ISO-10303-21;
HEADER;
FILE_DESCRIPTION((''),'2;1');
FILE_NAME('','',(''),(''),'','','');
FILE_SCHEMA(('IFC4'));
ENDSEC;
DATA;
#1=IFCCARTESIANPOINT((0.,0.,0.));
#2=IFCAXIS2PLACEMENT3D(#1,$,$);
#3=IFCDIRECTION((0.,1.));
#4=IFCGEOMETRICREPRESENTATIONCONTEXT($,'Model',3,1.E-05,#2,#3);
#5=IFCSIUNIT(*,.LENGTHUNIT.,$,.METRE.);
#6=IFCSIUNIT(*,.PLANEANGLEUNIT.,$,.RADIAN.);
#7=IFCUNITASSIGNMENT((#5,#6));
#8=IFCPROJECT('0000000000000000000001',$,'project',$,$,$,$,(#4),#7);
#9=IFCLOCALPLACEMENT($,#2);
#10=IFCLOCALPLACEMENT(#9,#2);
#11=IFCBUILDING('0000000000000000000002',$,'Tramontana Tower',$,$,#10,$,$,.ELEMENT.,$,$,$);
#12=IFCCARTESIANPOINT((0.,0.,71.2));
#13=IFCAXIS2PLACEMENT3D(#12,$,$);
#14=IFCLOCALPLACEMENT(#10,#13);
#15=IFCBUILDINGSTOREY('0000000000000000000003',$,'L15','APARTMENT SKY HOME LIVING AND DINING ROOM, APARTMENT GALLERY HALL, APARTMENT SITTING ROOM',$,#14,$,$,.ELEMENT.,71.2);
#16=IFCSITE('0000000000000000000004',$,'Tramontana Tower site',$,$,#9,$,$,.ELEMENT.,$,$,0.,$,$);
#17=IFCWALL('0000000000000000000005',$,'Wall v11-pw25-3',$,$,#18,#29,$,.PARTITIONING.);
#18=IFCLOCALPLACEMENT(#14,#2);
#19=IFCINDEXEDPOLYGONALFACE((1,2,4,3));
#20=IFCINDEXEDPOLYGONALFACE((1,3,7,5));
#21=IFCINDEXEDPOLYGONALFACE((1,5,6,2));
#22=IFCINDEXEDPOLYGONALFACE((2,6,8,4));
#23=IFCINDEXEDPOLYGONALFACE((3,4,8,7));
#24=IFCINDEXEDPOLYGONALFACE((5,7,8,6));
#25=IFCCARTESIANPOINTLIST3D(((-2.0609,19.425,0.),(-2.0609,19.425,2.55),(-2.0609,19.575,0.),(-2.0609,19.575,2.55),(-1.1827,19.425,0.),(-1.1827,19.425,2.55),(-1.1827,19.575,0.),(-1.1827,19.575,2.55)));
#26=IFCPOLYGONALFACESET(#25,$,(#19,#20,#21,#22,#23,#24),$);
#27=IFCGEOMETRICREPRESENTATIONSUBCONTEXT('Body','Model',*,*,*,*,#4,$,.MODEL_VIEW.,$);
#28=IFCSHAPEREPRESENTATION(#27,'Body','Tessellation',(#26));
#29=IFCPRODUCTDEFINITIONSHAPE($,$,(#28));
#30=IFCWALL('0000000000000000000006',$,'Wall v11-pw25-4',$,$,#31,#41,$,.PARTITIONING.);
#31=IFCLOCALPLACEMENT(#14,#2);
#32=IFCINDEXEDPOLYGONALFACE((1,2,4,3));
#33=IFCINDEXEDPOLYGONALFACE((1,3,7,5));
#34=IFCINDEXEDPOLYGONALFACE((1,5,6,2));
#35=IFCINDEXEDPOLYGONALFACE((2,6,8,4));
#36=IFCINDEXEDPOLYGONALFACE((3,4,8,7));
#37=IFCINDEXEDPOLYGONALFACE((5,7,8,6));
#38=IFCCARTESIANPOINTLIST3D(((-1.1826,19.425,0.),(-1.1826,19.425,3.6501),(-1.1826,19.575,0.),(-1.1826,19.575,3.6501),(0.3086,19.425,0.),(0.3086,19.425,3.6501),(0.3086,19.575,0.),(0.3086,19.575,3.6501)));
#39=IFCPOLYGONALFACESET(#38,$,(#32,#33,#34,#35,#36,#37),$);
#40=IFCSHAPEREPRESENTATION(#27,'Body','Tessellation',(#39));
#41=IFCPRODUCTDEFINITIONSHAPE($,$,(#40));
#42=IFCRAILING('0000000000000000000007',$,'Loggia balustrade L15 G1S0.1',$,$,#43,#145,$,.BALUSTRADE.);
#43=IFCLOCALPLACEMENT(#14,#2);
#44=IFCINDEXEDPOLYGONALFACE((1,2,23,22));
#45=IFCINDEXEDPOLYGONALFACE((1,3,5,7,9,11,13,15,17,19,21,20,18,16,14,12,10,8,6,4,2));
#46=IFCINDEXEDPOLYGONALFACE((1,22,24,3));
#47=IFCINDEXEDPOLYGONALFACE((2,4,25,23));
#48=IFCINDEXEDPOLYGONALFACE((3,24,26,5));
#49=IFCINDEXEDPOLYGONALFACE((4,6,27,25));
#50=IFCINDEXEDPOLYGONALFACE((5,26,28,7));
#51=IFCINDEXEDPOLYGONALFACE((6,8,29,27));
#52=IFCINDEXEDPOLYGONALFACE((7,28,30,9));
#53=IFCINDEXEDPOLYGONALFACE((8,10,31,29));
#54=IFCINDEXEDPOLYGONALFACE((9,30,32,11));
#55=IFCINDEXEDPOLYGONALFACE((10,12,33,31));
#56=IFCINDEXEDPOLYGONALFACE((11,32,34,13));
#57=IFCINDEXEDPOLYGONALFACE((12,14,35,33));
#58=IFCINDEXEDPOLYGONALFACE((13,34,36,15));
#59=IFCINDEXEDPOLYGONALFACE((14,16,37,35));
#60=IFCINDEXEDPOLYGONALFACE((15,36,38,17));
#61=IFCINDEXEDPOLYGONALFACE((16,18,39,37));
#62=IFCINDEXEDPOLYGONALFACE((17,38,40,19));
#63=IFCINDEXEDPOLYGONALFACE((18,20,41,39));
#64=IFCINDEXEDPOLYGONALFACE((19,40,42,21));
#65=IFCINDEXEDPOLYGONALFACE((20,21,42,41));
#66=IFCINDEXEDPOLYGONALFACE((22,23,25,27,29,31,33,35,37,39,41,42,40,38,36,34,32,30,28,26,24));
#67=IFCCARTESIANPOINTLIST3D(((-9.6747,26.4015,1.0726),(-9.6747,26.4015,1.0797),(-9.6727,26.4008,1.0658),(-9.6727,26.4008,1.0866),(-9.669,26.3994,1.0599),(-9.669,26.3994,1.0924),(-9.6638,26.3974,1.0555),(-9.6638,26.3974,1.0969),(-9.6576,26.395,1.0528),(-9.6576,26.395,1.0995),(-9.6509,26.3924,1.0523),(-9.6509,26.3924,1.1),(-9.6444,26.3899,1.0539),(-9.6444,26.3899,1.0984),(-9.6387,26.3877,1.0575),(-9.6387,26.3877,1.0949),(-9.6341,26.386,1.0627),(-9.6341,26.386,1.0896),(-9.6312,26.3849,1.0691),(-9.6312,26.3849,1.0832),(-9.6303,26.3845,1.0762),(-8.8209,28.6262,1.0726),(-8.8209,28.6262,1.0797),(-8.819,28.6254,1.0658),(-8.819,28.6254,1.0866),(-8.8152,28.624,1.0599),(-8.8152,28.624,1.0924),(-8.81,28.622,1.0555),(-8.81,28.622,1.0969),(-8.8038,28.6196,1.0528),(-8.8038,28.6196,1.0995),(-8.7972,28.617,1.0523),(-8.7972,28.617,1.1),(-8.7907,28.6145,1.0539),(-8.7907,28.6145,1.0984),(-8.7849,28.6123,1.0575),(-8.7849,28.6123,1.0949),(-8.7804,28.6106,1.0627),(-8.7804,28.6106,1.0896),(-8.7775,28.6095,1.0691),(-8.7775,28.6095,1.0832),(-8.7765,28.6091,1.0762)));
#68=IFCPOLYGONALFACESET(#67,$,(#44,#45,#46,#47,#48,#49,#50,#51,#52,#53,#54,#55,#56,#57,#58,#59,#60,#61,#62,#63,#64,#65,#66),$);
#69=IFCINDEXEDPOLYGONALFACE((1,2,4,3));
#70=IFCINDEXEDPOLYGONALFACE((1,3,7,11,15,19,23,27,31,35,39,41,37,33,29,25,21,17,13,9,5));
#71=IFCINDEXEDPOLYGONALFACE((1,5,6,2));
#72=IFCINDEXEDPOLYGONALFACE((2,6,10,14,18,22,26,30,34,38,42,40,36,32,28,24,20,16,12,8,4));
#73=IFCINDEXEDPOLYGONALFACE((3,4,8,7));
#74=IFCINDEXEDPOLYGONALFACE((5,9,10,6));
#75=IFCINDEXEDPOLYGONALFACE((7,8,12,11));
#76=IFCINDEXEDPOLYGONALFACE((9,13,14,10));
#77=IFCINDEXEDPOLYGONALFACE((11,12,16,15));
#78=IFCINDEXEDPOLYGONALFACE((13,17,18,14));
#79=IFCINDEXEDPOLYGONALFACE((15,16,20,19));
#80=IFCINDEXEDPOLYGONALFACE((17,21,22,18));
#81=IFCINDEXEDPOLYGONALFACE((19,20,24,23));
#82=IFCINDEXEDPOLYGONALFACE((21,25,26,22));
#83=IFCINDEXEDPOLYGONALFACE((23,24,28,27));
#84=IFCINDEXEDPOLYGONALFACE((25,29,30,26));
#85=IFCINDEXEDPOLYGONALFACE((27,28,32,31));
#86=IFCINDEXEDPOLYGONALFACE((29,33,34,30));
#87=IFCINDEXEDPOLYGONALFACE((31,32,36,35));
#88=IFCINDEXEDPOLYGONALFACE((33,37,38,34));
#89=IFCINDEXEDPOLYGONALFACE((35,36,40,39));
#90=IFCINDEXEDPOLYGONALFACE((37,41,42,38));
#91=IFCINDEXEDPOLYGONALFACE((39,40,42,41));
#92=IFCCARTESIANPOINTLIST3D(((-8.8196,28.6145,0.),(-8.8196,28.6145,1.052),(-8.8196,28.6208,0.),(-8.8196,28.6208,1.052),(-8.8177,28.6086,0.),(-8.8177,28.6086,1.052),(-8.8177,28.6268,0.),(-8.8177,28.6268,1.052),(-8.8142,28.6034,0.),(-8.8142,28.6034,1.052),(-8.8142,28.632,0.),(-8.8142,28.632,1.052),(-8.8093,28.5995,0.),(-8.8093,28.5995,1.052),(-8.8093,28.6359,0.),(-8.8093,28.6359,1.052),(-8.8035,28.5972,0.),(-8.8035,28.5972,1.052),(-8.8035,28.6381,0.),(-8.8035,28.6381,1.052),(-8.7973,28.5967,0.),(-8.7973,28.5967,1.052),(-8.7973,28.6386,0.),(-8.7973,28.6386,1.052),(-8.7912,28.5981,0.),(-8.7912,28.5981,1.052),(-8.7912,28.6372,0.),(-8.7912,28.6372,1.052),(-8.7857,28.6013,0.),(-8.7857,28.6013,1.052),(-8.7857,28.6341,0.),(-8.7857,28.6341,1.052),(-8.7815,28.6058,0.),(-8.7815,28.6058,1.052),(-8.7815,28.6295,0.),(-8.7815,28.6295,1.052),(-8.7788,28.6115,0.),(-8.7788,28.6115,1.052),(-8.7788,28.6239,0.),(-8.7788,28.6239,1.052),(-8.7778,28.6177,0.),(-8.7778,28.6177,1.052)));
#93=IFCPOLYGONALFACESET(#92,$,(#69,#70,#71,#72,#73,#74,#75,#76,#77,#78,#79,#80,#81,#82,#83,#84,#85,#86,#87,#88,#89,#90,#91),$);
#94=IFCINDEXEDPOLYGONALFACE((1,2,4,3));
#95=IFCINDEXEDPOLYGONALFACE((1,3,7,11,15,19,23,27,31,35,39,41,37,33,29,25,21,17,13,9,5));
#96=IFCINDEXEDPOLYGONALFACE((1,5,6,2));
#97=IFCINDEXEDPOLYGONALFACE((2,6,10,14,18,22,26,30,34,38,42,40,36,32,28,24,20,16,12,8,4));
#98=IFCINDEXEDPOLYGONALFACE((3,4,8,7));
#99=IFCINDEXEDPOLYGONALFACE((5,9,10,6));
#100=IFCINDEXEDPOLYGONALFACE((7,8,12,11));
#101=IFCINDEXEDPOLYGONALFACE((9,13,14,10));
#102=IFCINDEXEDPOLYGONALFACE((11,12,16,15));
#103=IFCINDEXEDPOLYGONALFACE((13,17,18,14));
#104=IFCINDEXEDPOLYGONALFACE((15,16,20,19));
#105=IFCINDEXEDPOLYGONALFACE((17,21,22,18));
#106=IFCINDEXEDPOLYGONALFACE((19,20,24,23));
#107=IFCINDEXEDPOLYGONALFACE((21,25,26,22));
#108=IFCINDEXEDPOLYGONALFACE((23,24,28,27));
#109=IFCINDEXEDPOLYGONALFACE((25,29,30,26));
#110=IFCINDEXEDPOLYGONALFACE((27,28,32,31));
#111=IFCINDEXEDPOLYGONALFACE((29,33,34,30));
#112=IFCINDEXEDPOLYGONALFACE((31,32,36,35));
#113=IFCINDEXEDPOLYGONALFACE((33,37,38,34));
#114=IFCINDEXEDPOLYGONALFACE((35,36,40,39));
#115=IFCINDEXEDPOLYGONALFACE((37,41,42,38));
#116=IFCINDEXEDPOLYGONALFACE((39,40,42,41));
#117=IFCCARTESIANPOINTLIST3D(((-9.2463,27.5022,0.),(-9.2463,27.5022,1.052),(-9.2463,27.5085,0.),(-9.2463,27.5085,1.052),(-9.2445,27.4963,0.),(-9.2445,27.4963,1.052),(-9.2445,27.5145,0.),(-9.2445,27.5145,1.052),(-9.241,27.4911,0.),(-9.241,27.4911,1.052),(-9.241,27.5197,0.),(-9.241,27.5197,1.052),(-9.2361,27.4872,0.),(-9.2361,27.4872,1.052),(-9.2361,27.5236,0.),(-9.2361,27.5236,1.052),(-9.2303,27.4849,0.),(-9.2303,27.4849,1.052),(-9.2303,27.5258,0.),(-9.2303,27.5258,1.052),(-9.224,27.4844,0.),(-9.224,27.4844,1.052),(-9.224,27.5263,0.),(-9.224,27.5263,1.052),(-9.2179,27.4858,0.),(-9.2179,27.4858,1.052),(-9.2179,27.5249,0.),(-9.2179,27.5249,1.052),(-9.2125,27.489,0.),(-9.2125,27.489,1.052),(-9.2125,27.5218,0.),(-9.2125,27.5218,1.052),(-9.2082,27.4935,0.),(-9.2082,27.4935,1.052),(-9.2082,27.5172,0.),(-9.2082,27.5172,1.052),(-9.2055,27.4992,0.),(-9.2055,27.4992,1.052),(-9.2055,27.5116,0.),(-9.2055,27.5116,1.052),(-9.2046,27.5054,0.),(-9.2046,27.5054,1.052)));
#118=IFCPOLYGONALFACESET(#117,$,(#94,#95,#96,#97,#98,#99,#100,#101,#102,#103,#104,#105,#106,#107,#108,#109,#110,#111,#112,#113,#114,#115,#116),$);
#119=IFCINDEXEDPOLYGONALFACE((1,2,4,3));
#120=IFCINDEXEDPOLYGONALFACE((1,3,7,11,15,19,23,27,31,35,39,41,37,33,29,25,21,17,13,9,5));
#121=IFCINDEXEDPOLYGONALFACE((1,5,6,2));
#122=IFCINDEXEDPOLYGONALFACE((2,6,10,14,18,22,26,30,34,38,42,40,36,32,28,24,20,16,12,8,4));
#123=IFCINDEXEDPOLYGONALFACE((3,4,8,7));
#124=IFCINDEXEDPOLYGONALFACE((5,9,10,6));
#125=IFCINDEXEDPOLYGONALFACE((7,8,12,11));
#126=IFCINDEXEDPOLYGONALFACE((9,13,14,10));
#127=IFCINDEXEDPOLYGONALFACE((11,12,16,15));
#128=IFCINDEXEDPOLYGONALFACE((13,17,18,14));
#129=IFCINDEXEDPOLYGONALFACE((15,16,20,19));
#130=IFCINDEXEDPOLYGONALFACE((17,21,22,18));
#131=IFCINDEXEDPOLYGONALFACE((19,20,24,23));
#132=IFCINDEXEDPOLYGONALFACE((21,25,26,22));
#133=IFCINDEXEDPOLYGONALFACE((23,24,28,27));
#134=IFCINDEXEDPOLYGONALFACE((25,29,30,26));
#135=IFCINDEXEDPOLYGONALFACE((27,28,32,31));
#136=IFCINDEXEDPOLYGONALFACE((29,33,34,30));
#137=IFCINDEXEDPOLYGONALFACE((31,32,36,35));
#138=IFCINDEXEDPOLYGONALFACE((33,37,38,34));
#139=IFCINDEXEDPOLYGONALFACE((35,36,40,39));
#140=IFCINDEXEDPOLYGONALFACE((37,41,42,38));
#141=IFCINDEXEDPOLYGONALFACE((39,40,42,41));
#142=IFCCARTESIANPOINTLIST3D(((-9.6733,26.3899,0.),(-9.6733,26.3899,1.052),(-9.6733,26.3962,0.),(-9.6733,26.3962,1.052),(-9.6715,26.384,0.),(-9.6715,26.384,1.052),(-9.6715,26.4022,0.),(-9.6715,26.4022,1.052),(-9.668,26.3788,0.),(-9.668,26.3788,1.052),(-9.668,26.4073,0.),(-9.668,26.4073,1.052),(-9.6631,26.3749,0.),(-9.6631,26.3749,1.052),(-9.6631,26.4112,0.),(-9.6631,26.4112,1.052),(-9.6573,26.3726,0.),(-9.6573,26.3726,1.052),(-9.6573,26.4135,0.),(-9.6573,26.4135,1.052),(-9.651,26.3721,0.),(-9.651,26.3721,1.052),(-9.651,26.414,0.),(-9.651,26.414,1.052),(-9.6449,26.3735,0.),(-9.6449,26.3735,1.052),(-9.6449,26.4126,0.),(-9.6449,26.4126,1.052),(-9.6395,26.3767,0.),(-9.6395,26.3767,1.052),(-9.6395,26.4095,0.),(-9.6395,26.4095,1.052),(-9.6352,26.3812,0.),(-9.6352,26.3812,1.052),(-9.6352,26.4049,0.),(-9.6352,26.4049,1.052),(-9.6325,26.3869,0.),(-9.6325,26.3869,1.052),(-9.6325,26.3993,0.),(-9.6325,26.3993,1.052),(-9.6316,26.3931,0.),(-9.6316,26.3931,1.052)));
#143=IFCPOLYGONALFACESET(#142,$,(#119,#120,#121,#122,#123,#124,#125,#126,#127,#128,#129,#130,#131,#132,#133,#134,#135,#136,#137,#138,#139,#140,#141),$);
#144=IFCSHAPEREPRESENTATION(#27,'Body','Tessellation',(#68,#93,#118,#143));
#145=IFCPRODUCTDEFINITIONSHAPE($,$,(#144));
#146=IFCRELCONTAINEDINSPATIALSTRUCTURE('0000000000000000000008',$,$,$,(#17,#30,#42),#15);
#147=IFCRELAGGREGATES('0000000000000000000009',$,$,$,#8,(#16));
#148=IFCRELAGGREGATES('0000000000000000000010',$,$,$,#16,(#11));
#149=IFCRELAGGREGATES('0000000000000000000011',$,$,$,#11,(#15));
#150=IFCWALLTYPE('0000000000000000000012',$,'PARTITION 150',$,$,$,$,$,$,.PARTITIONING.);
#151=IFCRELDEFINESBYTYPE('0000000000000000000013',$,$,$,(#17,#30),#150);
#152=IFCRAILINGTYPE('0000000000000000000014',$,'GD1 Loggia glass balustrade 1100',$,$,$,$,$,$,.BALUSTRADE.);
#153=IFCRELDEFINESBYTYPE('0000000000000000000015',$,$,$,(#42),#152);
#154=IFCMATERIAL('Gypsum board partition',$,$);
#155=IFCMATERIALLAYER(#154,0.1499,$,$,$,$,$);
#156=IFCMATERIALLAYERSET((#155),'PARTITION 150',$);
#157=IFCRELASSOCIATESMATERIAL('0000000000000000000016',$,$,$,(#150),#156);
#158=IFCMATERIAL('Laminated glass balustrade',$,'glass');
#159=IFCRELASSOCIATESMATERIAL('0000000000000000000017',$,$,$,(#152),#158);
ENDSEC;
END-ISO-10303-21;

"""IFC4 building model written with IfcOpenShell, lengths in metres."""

from ifc_helpers import new_model, si_unit, direction, frame, frame_2d, origin, origin_2d, place, context, subcontext, project, spatial, rectangle, circle, extrude, material, layer, layer_set, type_object, element, save


model = new_model("IFC4")

# Units and contexts
model_context = context("Model", 3, precision=1e-05, world=origin(), true_north=direction((0.0, 1.0)))
body_context = subcontext(model_context, "Body", "Model", "MODEL_VIEW")
ifc_project = project(units=[si_unit("LENGTHUNIT", "METRE"), si_unit("PLANEANGLEUNIT", "RADIAN")], contexts=[model_context])

# Site, building, storey
site_placement = place(None, origin())
site = spatial("IfcSite", under=ifc_project, at=site_placement, Name="Tramontana Tower site", CompositionType="ELEMENT", RefElevation=0.0)
building_placement = place(site_placement, origin())
building = spatial("IfcBuilding", under=site, at=building_placement, Name="Tramontana Tower", CompositionType="ELEMENT")
storey_placement = place(building_placement, frame((0.0, 0.0, 71.2)))
storey = spatial("IfcBuildingStorey", under=building, at=storey_placement, Name="L15", Description="APARTMENT SKY HOME LIVING AND DINING ROOM, APARTMENT GALLERY HALL, APARTMENT SITTING ROOM", CompositionType="ELEMENT", Elevation=71.2)

# Shared definitions
ifc_material_1 = material(Name="Gypsum board partition")
ifc_layer_1 = layer(ifc_material_1, 0.1499)
ifc_layer_set_1 = layer_set([ifc_layer_1], Name="PARTITION 150")
wall_type_1 = type_object("IfcWallType", Name="PARTITION 150", PredefinedType="PARTITIONING", material=ifc_layer_set_1)

# Walls
wall_1_placement = place(storey_placement, frame((-2.0608, 19.5, 0.0), z_axis=(0.0, 0.0, 1.0), x_axis=(1.0, 0.0, 0.0)))
element("IfcWall", 1, at=wall_1_placement, inside=storey, type_object=wall_type_1, Name="Wall v11-pw25-3", PredefinedType="PARTITIONING", context=body_context, shape_type="SweptSolid", body=[
    extrude(rectangle(XDim=0.8782, YDim=0.1499, at=frame_2d((0.439, 0.0))), origin(), (0.0, 0.0, 1.0), 2.55),
])
wall_2_placement = place(storey_placement, frame((-1.1826, 19.5, 0.0), z_axis=(0.0, 0.0, 1.0), x_axis=(1.0, 0.0, 0.0)))
element("IfcWall", 2, at=wall_2_placement, inside=storey, type_object=wall_type_1, Name="Wall v11-pw25-4", PredefinedType="PARTITIONING", context=body_context, shape_type="SweptSolid", body=[
    extrude(rectangle(XDim=1.4912, YDim=0.1499, at=frame_2d((0.7456, 0.0))), origin(), (0.0, 0.0, 1.0), 3.6501),
])

# Railing
ifc_material_2 = material(Name="Laminated glass balustrade", Category="glass")
railing_type = type_object("IfcRailingType", Name="GD1 Loggia glass balustrade 1100", PredefinedType="BALUSTRADE", material=ifc_material_2)
railing_placement = place(storey_placement, frame((-8.7988, 28.6177, 0.0)))
element("IfcRailing", 3, at=railing_placement, inside=storey, type_object=railing_type, Name="Loggia balustrade L15 G1S0.1", PredefinedType="BALUSTRADE", context=body_context, shape_type="SweptSolid", body=[
    extrude(circle(Radius=0.0239, at=origin_2d()), frame((0.0, 0.0, 1.0762), z_axis=(-0.358299, -0.933607, 0.0), x_axis=(0.933607, -0.358299, 0.0)), (0.0, 0.0, 1.0), 2.3828),
    extrude(circle(Radius=0.021, at=origin_2d()), origin(), (0.0, 0.0, 1.0), 1.052),
    extrude(circle(Radius=0.021, at=origin_2d()), frame((-0.4268, -1.1123, 0.0)), (0.0, 0.0, 1.0), 1.052),
    extrude(circle(Radius=0.021, at=origin_2d()), frame((-0.8538, -2.2246, 0.0)), (0.0, 0.0, 1.0), 1.052),
])

save(model, "model.ifc")
